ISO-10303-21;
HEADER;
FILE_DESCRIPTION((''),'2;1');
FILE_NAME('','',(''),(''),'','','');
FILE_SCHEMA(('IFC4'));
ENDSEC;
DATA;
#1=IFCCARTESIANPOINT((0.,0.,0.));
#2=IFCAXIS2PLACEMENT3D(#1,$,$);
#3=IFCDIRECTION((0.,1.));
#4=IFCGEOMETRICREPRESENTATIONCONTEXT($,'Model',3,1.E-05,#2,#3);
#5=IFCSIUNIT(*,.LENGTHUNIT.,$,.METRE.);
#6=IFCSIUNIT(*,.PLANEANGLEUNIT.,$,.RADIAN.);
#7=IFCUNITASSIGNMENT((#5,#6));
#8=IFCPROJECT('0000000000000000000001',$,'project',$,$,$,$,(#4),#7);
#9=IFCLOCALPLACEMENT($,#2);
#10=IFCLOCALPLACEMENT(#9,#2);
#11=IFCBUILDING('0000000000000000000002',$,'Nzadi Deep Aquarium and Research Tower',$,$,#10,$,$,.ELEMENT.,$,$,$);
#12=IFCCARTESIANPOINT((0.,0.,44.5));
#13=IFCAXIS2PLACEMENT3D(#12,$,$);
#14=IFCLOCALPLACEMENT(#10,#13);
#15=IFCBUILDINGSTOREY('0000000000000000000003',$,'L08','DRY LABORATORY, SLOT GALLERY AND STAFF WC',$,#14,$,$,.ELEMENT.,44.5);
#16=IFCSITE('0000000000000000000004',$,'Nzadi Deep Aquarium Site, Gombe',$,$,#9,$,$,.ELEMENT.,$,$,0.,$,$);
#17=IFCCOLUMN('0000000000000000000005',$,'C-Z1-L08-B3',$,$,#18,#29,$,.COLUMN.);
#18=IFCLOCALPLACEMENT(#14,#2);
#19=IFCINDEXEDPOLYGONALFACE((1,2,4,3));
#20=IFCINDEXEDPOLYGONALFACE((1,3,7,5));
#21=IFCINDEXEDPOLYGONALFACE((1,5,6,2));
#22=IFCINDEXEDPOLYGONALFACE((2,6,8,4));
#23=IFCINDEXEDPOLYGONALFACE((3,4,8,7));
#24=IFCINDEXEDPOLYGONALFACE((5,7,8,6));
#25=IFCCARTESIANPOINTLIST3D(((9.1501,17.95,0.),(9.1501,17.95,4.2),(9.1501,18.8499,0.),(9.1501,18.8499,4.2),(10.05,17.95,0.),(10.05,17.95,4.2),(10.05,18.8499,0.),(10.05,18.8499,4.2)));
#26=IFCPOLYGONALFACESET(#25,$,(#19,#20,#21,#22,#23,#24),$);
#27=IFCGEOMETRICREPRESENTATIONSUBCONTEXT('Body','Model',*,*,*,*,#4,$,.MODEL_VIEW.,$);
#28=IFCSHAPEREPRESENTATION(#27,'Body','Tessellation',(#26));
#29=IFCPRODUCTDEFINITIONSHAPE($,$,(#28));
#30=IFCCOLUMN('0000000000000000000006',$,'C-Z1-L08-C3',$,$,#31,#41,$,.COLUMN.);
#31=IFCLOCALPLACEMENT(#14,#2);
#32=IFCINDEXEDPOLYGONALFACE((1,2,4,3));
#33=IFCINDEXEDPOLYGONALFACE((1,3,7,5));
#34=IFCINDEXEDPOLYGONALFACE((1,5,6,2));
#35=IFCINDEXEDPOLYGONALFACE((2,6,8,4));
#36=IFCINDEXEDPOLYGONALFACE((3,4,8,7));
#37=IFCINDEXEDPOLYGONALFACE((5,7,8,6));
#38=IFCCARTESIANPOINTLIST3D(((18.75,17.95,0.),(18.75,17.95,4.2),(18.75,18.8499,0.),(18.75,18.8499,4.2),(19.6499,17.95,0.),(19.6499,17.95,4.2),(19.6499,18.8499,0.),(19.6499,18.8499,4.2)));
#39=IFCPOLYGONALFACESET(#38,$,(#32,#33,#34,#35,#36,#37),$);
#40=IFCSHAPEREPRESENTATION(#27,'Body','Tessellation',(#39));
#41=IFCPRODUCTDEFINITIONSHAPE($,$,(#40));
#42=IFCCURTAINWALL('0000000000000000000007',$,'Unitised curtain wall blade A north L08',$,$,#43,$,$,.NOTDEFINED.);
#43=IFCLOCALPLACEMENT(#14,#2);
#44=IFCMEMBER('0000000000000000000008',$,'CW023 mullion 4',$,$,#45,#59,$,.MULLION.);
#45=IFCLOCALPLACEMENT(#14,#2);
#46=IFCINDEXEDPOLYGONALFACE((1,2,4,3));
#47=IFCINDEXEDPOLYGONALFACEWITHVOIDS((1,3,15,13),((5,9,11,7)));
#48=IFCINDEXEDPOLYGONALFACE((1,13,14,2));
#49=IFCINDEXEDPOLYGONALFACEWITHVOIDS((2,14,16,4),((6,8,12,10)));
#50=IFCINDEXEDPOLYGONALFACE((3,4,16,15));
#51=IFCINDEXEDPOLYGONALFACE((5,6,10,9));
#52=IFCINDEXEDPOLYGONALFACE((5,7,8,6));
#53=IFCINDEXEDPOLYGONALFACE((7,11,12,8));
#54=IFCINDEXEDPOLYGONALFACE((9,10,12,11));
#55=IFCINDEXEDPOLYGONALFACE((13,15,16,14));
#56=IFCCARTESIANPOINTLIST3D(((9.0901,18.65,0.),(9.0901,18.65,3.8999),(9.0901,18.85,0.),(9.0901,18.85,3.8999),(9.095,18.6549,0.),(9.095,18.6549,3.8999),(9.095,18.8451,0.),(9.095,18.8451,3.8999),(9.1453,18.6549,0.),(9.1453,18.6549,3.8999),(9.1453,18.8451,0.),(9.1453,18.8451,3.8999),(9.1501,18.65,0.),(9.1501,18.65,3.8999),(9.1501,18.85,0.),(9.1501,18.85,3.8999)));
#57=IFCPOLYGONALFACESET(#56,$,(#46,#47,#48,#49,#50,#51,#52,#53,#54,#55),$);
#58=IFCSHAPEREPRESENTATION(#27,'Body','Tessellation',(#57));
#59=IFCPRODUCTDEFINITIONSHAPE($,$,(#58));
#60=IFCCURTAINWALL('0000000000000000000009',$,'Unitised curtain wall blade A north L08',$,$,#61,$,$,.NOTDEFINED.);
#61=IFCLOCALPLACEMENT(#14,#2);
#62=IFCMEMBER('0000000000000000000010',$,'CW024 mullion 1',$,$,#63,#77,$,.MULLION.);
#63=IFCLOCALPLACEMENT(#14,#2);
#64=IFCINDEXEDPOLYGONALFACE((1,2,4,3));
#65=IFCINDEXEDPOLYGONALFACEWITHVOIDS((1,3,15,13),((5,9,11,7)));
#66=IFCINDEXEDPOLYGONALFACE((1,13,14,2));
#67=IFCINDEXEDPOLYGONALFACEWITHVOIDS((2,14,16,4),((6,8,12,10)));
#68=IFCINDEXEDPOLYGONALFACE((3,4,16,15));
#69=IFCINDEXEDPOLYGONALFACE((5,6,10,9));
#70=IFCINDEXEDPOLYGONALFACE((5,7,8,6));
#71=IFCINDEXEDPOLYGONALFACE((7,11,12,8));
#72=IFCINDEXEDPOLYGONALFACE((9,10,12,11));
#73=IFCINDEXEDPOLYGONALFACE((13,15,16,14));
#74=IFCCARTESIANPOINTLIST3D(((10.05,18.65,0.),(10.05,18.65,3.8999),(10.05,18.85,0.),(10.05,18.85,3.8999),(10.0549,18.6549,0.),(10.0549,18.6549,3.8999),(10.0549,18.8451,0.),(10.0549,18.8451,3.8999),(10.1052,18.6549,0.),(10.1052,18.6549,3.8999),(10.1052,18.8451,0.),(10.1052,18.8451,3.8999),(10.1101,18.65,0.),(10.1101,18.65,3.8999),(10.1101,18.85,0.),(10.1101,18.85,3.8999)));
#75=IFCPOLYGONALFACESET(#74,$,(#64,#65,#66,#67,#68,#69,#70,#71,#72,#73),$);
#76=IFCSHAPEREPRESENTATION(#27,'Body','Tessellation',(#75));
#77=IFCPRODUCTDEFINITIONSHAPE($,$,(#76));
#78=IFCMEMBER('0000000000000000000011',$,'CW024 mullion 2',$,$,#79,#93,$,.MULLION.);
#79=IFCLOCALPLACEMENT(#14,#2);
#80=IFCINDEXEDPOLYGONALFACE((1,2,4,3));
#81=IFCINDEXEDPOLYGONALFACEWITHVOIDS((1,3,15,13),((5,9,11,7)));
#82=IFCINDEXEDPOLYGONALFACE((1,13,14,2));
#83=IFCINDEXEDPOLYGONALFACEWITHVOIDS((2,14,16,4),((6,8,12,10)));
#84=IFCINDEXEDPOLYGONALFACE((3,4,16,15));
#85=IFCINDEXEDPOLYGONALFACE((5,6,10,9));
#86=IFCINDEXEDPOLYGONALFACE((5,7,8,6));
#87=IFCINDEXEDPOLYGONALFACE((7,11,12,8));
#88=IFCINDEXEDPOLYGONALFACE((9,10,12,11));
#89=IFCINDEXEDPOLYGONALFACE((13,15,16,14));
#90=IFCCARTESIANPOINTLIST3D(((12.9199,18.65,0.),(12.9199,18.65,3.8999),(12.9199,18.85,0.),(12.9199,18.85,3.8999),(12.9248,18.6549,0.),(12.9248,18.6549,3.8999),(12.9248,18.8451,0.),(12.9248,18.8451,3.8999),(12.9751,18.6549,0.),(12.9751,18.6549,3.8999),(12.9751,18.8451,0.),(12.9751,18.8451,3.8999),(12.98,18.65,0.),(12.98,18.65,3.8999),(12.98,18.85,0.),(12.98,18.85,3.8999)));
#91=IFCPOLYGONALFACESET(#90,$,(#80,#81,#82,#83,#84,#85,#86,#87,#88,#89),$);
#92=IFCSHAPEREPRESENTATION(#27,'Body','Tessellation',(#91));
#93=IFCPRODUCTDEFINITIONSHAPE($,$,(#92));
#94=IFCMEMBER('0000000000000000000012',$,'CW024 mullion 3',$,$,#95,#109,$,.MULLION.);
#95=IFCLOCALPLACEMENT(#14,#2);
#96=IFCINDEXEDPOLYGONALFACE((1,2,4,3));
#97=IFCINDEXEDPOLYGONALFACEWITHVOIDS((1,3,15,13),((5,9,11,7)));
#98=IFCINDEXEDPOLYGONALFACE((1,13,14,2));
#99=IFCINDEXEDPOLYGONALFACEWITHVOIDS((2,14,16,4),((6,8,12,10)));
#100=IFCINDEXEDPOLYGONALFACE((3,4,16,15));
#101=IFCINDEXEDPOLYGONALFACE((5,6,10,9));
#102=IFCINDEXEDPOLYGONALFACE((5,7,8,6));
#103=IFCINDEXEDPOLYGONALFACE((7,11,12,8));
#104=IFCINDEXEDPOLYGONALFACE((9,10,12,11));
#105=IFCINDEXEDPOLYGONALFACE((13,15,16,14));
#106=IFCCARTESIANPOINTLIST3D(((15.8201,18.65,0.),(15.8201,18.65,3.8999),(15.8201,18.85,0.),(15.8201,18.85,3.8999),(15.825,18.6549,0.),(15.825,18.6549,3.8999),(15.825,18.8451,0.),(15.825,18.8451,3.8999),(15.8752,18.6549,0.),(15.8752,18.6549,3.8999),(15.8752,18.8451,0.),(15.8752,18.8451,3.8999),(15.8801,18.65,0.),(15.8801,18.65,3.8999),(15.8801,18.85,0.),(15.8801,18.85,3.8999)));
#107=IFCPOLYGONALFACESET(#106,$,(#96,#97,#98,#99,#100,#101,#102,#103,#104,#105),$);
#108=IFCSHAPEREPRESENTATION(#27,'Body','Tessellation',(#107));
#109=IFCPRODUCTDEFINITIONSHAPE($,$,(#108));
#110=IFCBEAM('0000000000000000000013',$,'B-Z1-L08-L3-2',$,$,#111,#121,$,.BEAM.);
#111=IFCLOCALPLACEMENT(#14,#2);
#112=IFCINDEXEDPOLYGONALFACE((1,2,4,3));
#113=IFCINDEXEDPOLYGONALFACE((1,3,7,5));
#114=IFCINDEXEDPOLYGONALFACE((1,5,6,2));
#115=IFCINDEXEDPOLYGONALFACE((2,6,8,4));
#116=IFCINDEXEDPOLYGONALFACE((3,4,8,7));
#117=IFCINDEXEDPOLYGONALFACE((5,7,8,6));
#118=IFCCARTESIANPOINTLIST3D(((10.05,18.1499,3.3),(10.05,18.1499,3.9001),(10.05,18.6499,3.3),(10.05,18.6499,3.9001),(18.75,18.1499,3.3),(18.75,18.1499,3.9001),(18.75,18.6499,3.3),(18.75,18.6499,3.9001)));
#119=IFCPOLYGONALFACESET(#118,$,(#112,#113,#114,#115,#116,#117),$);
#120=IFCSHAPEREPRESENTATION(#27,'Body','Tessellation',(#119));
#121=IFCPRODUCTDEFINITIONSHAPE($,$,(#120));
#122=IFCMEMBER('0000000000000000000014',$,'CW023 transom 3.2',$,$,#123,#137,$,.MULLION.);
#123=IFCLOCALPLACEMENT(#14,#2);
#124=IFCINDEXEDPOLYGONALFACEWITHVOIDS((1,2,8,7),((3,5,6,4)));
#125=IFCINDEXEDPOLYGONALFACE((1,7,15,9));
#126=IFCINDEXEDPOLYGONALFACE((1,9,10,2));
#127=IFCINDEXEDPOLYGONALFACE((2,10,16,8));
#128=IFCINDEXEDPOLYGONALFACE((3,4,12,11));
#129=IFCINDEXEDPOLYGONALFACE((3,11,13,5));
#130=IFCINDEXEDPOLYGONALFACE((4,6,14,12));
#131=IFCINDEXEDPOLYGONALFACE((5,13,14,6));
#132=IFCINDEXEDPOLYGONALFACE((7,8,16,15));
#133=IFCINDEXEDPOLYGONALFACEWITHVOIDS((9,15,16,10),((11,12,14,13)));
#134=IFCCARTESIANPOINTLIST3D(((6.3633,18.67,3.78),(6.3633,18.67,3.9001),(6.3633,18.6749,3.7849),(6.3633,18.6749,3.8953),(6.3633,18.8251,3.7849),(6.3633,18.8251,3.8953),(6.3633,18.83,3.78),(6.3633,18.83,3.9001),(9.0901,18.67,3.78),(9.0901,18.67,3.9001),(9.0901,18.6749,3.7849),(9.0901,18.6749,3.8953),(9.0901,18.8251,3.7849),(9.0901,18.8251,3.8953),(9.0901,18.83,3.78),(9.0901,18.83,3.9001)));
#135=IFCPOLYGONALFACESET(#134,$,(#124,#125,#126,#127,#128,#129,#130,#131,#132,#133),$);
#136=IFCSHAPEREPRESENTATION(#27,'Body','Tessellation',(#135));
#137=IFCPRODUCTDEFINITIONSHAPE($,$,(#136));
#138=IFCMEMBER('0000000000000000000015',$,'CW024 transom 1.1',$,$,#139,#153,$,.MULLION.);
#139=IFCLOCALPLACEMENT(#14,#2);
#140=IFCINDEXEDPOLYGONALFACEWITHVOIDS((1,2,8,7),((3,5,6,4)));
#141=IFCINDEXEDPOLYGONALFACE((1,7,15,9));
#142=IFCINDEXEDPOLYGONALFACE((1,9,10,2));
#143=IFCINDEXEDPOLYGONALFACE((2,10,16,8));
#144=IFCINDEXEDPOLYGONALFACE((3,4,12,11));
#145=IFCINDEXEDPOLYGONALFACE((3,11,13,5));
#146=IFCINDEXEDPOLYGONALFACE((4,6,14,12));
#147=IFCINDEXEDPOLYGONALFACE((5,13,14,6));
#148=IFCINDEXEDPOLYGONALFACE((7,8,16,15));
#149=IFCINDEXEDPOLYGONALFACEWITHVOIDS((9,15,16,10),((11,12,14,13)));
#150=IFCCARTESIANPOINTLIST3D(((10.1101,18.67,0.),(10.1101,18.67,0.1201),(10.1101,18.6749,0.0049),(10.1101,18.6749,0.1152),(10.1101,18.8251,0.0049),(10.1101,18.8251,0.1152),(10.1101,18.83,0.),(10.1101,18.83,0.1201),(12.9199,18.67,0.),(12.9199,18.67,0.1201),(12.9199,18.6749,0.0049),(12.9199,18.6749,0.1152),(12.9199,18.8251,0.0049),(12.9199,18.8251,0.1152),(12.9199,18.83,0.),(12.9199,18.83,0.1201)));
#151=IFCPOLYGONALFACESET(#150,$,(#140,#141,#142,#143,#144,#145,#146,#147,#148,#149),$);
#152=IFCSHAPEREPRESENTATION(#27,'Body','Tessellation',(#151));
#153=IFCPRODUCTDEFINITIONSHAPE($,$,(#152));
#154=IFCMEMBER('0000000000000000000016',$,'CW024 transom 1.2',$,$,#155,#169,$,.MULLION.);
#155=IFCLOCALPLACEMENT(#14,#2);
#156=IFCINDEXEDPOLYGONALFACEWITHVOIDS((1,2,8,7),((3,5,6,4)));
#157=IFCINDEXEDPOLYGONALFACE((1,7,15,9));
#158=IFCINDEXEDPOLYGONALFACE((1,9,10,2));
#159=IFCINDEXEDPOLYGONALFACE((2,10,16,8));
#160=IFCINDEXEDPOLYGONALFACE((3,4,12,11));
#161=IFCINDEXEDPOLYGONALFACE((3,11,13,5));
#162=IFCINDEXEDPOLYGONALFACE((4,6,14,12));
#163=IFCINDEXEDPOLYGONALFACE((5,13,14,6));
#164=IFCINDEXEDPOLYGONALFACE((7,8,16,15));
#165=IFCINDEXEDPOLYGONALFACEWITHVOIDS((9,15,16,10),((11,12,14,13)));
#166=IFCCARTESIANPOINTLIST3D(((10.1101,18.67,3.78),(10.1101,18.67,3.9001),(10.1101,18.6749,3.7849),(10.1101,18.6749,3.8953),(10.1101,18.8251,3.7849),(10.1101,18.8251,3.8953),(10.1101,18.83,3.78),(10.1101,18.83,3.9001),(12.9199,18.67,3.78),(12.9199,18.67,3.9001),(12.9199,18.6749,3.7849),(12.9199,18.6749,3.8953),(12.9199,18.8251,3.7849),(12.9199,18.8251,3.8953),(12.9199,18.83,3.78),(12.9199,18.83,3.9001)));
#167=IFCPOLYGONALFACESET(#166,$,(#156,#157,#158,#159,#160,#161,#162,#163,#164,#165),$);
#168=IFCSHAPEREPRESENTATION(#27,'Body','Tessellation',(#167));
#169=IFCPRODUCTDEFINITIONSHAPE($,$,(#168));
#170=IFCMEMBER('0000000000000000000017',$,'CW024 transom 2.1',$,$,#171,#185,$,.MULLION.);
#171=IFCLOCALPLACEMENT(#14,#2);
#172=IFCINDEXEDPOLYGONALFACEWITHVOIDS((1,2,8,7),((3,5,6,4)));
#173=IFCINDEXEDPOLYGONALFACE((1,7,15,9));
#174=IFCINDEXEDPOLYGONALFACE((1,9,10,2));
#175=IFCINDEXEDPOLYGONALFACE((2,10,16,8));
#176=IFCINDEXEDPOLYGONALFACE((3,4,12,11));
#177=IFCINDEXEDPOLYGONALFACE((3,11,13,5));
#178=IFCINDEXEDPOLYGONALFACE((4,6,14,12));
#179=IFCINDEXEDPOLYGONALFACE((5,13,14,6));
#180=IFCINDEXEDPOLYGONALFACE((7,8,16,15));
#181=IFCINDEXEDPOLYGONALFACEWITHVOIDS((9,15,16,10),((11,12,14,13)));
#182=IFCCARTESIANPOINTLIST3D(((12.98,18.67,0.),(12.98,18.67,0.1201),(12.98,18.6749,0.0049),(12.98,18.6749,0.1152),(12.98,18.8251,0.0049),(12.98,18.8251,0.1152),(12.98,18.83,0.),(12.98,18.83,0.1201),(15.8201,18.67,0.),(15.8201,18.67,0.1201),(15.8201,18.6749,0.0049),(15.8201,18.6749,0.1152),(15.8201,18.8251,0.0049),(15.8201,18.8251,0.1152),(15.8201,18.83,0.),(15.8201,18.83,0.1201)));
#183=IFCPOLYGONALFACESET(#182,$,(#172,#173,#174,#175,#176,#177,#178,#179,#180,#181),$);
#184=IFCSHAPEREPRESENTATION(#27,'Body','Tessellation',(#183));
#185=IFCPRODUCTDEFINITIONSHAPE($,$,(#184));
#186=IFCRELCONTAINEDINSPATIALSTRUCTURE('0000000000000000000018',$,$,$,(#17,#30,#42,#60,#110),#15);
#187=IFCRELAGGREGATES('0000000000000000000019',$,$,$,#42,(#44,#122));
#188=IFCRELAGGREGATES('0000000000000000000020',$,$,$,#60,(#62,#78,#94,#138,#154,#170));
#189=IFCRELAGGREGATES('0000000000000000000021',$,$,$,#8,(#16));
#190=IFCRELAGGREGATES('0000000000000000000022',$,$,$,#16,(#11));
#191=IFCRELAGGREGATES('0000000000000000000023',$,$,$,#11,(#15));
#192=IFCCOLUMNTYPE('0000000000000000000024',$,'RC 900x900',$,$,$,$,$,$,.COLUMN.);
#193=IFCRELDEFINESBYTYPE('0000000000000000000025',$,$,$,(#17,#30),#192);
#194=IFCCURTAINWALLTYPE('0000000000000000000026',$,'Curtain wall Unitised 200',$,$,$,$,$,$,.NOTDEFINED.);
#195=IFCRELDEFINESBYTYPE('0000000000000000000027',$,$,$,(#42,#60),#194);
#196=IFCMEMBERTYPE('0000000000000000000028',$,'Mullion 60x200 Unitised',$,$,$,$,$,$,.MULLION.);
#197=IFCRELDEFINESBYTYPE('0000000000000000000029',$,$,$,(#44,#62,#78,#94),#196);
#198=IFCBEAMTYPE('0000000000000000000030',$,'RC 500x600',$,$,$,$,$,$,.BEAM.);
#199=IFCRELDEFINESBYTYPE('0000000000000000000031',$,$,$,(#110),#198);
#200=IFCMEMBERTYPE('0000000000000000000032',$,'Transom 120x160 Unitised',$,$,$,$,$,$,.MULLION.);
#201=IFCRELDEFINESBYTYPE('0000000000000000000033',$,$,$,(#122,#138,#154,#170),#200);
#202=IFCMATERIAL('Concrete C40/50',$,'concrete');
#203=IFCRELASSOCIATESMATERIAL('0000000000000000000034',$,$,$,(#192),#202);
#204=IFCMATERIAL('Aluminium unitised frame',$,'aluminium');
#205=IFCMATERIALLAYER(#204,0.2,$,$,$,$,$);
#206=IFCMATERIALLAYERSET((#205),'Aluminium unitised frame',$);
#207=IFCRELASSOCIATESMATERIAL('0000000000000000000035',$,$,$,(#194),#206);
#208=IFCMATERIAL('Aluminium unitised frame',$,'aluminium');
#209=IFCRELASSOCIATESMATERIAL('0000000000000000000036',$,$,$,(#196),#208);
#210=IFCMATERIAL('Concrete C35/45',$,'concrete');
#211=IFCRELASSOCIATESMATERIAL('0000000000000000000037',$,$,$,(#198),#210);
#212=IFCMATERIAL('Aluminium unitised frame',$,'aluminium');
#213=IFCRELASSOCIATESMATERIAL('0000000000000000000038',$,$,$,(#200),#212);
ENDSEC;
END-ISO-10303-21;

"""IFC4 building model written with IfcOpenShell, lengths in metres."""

from ifc_helpers import new_model, si_unit, direction, frame, origin, origin_2d, place, context, subcontext, project, spatial, rectangle, hollow_rectangle, extrude, material, layer, layer_set, material_profile, profile_set, type_object, element, aggregate, save


model = new_model("IFC4")

# Units and contexts
model_context = context("Model", 3, precision=1e-05, world=origin(), true_north=direction((0.0, 1.0)))
body_context = subcontext(model_context, "Body", "Model", "MODEL_VIEW")
ifc_project = project(units=[si_unit("LENGTHUNIT", "METRE"), si_unit("PLANEANGLEUNIT", "RADIAN")], contexts=[model_context])

# Site, building, storey
site_placement = place(None, origin())
site = spatial("IfcSite", under=ifc_project, at=site_placement, Name="Nzadi Deep Aquarium Site, Gombe", CompositionType="ELEMENT", RefElevation=0.0)
building_placement = place(site_placement, origin())
building = spatial("IfcBuilding", under=site, at=building_placement, Name="Nzadi Deep Aquarium and Research Tower", CompositionType="ELEMENT")
storey_placement = place(building_placement, frame((0.0, 0.0, 44.5)))
storey = spatial("IfcBuildingStorey", under=building, at=storey_placement, Name="L08", Description="DRY LABORATORY, SLOT GALLERY AND STAFF WC", CompositionType="ELEMENT", Elevation=44.5)

# Columns
ifc_material_1 = material(Name="Concrete C40/50", Category="concrete")
ifc_material_profile_1 = material_profile(ifc_material_1, rectangle(XDim=0.8999, YDim=0.8999, at=origin_2d()))
ifc_profile_set_1 = profile_set([ifc_material_profile_1], Name="Concrete C40/50")
column_type = type_object("IfcColumnType", Name="RC 900x900", PredefinedType="COLUMN", material=ifc_profile_set_1)
for number, where, z_axis, x_axis, name in (
    (1, (9.6001, 18.3999, 0.0), (0.0, 0.0, 1.0), (1.0, 0.0, 0.0), "C-Z1-L08-B3"),
    (2, (19.2, 18.3999, 0.0), (0.0, 0.0, 1.0), (1.0, 0.0, 0.0), "C-Z1-L08-C3"),
):
    element("IfcColumn", number, at=place(storey_placement, frame(where, z_axis=z_axis, x_axis=x_axis)), inside=storey, type_object=column_type, Name=name, PredefinedType="COLUMN", context=body_context, shape_type="SweptSolid", body=[
        extrude(rectangle(XDim=0.8999, YDim=0.8999, at=origin_2d()), origin(), (0.0, 0.0, 1.0), 4.2),
    ])

# Curtain wall, member
ifc_material_2 = material(Name="Aluminium unitised frame", Category="aluminium")
ifc_layer_1 = layer(ifc_material_2, 0.2)
ifc_layer_set_1 = layer_set([ifc_layer_1], Name="Aluminium unitised frame")
curtain_wall_type = type_object("IfcCurtainWallType", Name="Curtain wall Unitised 200", PredefinedType="NOTDEFINED", material=ifc_layer_set_1)
curtain_wall_1_placement = place(storey_placement, origin())
curtain_wall_1 = element("IfcCurtainWall", 3, at=curtain_wall_1_placement, inside=storey, type_object=curtain_wall_type, Name="Unitised curtain wall blade A north L08", PredefinedType="NOTDEFINED")
ifc_material_3 = material(Name="Aluminium unitised frame", Category="aluminium")
ifc_material_profile_2 = material_profile(ifc_material_3, hollow_rectangle(XDim=0.2, YDim=0.0601, WallThickness=0.0049, at=origin_2d()))
ifc_profile_set_2 = profile_set([ifc_material_profile_2], Name="Aluminium unitised frame")
member_type_1 = type_object("IfcMemberType", Name="Mullion 60x200 Unitised", PredefinedType="MULLION", material=ifc_profile_set_2)
member_1_placement = place(storey_placement, frame((9.1201, 18.75, 0.0), z_axis=(0.0, 0.0, 1.0), x_axis=(0.0, 1.0, 0.0)))
member_1 = element("IfcMember", 4, at=member_1_placement, type_object=member_type_1, Name="CW023 mullion 4", PredefinedType="MULLION", context=body_context, shape_type="SweptSolid", body=[
    extrude(hollow_rectangle(XDim=0.2, YDim=0.0601, WallThickness=0.0049, at=origin_2d()), origin(), (0.0, 0.0, 1.0), 3.8999),
])

# Curtain wall, members
curtain_wall_2_placement = place(storey_placement, origin())
curtain_wall_2 = element("IfcCurtainWall", 5, at=curtain_wall_2_placement, inside=storey, type_object=curtain_wall_type, Name="Unitised curtain wall blade A north L08", PredefinedType="NOTDEFINED")
member_2_placement = place(storey_placement, frame((10.0801, 18.75, 0.0), z_axis=(0.0, 0.0, 1.0), x_axis=(0.0, 1.0, 0.0)))
member_2 = element("IfcMember", 6, at=member_2_placement, type_object=member_type_1, Name="CW024 mullion 1", PredefinedType="MULLION", context=body_context, shape_type="SweptSolid", body=[
    extrude(hollow_rectangle(XDim=0.2, YDim=0.0601, WallThickness=0.0049, at=origin_2d()), origin(), (0.0, 0.0, 1.0), 3.8999),
])
member_3_placement = place(storey_placement, frame((12.95, 18.75, 0.0), z_axis=(0.0, 0.0, 1.0), x_axis=(0.0, 1.0, 0.0)))
member_3 = element("IfcMember", 7, at=member_3_placement, type_object=member_type_1, Name="CW024 mullion 2", PredefinedType="MULLION", context=body_context, shape_type="SweptSolid", body=[
    extrude(hollow_rectangle(XDim=0.2, YDim=0.0601, WallThickness=0.0049, at=origin_2d()), origin(), (0.0, 0.0, 1.0), 3.8999),
])
member_4_placement = place(storey_placement, frame((15.8501, 18.75, 0.0), z_axis=(0.0, 0.0, 1.0), x_axis=(0.0, 1.0, 0.0)))
member_4 = element("IfcMember", 8, at=member_4_placement, type_object=member_type_1, Name="CW024 mullion 3", PredefinedType="MULLION", context=body_context, shape_type="SweptSolid", body=[
    extrude(hollow_rectangle(XDim=0.2, YDim=0.0601, WallThickness=0.0049, at=origin_2d()), origin(), (0.0, 0.0, 1.0), 3.8999),
])

# Beam
ifc_material_4 = material(Name="Concrete C35/45", Category="concrete")
ifc_material_profile_3 = material_profile(ifc_material_4, rectangle(XDim=0.5, YDim=0.6001, at=origin_2d()))
ifc_profile_set_3 = profile_set([ifc_material_profile_3], Name="Concrete C35/45")
beam_type = type_object("IfcBeamType", Name="RC 500x600", PredefinedType="BEAM", material=ifc_profile_set_3)
beam_placement = place(storey_placement, frame((10.05, 18.3999, 3.6001), z_axis=(1.0, 0.0, 0.0), x_axis=(0.0, 1.0, 0.0)))
element("IfcBeam", 9, at=beam_placement, inside=storey, type_object=beam_type, Name="B-Z1-L08-L3-2", PredefinedType="BEAM", context=body_context, shape_type="SweptSolid", body=[
    extrude(rectangle(XDim=0.5, YDim=0.6001, at=origin_2d()), origin(), (0.0, 0.0, 1.0), 8.7),
])

# Members
ifc_material_5 = material(Name="Aluminium unitised frame", Category="aluminium")
ifc_material_profile_4 = material_profile(ifc_material_5, hollow_rectangle(XDim=0.1599, YDim=0.1201, WallThickness=0.0049, at=origin_2d()))
ifc_profile_set_4 = profile_set([ifc_material_profile_4], Name="Aluminium unitised frame")
member_type_2 = type_object("IfcMemberType", Name="Transom 120x160 Unitised", PredefinedType="MULLION", material=ifc_profile_set_4)
member_5_placement = place(storey_placement, frame((6.3633, 18.75, 3.8401), z_axis=(1.0, 0.0, 0.0), x_axis=(0.0, 1.0, 0.0)))
member_5 = element("IfcMember", 10, at=member_5_placement, type_object=member_type_2, Name="CW023 transom 3.2", PredefinedType="MULLION", context=body_context, shape_type="SweptSolid", body=[
    extrude(hollow_rectangle(XDim=0.1599, YDim=0.1201, WallThickness=0.0049, at=origin_2d()), origin(), (0.0, 0.0, 1.0), 2.7268),
])
member_6_placement = place(storey_placement, frame((10.1101, 18.75, 0.0601), z_axis=(1.0, 0.0, 0.0), x_axis=(0.0, 1.0, 0.0)))
member_6 = element("IfcMember", 11, at=member_6_placement, type_object=member_type_2, Name="CW024 transom 1.1", PredefinedType="MULLION", context=body_context, shape_type="SweptSolid", body=[
    extrude(hollow_rectangle(XDim=0.1599, YDim=0.1201, WallThickness=0.0049, at=origin_2d()), origin(), (0.0, 0.0, 1.0), 2.8098),
])
member_7_placement = place(storey_placement, frame((10.1101, 18.75, 3.8401), z_axis=(1.0, 0.0, 0.0), x_axis=(0.0, 1.0, 0.0)))
member_7 = element("IfcMember", 12, at=member_7_placement, type_object=member_type_2, Name="CW024 transom 1.2", PredefinedType="MULLION", context=body_context, shape_type="SweptSolid", body=[
    extrude(hollow_rectangle(XDim=0.1599, YDim=0.1201, WallThickness=0.0049, at=origin_2d()), origin(), (0.0, 0.0, 1.0), 2.8098),
])
member_8_placement = place(storey_placement, frame((12.98, 18.75, 0.0601), z_axis=(1.0, 0.0, 0.0), x_axis=(0.0, 1.0, 0.0)))
member_8 = element("IfcMember", 13, at=member_8_placement, type_object=member_type_2, Name="CW024 transom 2.1", PredefinedType="MULLION", context=body_context, shape_type="SweptSolid", body=[
    extrude(hollow_rectangle(XDim=0.1599, YDim=0.1201, WallThickness=0.0049, at=origin_2d()), origin(), (0.0, 0.0, 1.0), 2.8401),
])

aggregate(curtain_wall_1, [member_1, member_5])
aggregate(curtain_wall_2, [member_2, member_3, member_4, member_6, member_7, member_8])

save(model, "model.ifc")
